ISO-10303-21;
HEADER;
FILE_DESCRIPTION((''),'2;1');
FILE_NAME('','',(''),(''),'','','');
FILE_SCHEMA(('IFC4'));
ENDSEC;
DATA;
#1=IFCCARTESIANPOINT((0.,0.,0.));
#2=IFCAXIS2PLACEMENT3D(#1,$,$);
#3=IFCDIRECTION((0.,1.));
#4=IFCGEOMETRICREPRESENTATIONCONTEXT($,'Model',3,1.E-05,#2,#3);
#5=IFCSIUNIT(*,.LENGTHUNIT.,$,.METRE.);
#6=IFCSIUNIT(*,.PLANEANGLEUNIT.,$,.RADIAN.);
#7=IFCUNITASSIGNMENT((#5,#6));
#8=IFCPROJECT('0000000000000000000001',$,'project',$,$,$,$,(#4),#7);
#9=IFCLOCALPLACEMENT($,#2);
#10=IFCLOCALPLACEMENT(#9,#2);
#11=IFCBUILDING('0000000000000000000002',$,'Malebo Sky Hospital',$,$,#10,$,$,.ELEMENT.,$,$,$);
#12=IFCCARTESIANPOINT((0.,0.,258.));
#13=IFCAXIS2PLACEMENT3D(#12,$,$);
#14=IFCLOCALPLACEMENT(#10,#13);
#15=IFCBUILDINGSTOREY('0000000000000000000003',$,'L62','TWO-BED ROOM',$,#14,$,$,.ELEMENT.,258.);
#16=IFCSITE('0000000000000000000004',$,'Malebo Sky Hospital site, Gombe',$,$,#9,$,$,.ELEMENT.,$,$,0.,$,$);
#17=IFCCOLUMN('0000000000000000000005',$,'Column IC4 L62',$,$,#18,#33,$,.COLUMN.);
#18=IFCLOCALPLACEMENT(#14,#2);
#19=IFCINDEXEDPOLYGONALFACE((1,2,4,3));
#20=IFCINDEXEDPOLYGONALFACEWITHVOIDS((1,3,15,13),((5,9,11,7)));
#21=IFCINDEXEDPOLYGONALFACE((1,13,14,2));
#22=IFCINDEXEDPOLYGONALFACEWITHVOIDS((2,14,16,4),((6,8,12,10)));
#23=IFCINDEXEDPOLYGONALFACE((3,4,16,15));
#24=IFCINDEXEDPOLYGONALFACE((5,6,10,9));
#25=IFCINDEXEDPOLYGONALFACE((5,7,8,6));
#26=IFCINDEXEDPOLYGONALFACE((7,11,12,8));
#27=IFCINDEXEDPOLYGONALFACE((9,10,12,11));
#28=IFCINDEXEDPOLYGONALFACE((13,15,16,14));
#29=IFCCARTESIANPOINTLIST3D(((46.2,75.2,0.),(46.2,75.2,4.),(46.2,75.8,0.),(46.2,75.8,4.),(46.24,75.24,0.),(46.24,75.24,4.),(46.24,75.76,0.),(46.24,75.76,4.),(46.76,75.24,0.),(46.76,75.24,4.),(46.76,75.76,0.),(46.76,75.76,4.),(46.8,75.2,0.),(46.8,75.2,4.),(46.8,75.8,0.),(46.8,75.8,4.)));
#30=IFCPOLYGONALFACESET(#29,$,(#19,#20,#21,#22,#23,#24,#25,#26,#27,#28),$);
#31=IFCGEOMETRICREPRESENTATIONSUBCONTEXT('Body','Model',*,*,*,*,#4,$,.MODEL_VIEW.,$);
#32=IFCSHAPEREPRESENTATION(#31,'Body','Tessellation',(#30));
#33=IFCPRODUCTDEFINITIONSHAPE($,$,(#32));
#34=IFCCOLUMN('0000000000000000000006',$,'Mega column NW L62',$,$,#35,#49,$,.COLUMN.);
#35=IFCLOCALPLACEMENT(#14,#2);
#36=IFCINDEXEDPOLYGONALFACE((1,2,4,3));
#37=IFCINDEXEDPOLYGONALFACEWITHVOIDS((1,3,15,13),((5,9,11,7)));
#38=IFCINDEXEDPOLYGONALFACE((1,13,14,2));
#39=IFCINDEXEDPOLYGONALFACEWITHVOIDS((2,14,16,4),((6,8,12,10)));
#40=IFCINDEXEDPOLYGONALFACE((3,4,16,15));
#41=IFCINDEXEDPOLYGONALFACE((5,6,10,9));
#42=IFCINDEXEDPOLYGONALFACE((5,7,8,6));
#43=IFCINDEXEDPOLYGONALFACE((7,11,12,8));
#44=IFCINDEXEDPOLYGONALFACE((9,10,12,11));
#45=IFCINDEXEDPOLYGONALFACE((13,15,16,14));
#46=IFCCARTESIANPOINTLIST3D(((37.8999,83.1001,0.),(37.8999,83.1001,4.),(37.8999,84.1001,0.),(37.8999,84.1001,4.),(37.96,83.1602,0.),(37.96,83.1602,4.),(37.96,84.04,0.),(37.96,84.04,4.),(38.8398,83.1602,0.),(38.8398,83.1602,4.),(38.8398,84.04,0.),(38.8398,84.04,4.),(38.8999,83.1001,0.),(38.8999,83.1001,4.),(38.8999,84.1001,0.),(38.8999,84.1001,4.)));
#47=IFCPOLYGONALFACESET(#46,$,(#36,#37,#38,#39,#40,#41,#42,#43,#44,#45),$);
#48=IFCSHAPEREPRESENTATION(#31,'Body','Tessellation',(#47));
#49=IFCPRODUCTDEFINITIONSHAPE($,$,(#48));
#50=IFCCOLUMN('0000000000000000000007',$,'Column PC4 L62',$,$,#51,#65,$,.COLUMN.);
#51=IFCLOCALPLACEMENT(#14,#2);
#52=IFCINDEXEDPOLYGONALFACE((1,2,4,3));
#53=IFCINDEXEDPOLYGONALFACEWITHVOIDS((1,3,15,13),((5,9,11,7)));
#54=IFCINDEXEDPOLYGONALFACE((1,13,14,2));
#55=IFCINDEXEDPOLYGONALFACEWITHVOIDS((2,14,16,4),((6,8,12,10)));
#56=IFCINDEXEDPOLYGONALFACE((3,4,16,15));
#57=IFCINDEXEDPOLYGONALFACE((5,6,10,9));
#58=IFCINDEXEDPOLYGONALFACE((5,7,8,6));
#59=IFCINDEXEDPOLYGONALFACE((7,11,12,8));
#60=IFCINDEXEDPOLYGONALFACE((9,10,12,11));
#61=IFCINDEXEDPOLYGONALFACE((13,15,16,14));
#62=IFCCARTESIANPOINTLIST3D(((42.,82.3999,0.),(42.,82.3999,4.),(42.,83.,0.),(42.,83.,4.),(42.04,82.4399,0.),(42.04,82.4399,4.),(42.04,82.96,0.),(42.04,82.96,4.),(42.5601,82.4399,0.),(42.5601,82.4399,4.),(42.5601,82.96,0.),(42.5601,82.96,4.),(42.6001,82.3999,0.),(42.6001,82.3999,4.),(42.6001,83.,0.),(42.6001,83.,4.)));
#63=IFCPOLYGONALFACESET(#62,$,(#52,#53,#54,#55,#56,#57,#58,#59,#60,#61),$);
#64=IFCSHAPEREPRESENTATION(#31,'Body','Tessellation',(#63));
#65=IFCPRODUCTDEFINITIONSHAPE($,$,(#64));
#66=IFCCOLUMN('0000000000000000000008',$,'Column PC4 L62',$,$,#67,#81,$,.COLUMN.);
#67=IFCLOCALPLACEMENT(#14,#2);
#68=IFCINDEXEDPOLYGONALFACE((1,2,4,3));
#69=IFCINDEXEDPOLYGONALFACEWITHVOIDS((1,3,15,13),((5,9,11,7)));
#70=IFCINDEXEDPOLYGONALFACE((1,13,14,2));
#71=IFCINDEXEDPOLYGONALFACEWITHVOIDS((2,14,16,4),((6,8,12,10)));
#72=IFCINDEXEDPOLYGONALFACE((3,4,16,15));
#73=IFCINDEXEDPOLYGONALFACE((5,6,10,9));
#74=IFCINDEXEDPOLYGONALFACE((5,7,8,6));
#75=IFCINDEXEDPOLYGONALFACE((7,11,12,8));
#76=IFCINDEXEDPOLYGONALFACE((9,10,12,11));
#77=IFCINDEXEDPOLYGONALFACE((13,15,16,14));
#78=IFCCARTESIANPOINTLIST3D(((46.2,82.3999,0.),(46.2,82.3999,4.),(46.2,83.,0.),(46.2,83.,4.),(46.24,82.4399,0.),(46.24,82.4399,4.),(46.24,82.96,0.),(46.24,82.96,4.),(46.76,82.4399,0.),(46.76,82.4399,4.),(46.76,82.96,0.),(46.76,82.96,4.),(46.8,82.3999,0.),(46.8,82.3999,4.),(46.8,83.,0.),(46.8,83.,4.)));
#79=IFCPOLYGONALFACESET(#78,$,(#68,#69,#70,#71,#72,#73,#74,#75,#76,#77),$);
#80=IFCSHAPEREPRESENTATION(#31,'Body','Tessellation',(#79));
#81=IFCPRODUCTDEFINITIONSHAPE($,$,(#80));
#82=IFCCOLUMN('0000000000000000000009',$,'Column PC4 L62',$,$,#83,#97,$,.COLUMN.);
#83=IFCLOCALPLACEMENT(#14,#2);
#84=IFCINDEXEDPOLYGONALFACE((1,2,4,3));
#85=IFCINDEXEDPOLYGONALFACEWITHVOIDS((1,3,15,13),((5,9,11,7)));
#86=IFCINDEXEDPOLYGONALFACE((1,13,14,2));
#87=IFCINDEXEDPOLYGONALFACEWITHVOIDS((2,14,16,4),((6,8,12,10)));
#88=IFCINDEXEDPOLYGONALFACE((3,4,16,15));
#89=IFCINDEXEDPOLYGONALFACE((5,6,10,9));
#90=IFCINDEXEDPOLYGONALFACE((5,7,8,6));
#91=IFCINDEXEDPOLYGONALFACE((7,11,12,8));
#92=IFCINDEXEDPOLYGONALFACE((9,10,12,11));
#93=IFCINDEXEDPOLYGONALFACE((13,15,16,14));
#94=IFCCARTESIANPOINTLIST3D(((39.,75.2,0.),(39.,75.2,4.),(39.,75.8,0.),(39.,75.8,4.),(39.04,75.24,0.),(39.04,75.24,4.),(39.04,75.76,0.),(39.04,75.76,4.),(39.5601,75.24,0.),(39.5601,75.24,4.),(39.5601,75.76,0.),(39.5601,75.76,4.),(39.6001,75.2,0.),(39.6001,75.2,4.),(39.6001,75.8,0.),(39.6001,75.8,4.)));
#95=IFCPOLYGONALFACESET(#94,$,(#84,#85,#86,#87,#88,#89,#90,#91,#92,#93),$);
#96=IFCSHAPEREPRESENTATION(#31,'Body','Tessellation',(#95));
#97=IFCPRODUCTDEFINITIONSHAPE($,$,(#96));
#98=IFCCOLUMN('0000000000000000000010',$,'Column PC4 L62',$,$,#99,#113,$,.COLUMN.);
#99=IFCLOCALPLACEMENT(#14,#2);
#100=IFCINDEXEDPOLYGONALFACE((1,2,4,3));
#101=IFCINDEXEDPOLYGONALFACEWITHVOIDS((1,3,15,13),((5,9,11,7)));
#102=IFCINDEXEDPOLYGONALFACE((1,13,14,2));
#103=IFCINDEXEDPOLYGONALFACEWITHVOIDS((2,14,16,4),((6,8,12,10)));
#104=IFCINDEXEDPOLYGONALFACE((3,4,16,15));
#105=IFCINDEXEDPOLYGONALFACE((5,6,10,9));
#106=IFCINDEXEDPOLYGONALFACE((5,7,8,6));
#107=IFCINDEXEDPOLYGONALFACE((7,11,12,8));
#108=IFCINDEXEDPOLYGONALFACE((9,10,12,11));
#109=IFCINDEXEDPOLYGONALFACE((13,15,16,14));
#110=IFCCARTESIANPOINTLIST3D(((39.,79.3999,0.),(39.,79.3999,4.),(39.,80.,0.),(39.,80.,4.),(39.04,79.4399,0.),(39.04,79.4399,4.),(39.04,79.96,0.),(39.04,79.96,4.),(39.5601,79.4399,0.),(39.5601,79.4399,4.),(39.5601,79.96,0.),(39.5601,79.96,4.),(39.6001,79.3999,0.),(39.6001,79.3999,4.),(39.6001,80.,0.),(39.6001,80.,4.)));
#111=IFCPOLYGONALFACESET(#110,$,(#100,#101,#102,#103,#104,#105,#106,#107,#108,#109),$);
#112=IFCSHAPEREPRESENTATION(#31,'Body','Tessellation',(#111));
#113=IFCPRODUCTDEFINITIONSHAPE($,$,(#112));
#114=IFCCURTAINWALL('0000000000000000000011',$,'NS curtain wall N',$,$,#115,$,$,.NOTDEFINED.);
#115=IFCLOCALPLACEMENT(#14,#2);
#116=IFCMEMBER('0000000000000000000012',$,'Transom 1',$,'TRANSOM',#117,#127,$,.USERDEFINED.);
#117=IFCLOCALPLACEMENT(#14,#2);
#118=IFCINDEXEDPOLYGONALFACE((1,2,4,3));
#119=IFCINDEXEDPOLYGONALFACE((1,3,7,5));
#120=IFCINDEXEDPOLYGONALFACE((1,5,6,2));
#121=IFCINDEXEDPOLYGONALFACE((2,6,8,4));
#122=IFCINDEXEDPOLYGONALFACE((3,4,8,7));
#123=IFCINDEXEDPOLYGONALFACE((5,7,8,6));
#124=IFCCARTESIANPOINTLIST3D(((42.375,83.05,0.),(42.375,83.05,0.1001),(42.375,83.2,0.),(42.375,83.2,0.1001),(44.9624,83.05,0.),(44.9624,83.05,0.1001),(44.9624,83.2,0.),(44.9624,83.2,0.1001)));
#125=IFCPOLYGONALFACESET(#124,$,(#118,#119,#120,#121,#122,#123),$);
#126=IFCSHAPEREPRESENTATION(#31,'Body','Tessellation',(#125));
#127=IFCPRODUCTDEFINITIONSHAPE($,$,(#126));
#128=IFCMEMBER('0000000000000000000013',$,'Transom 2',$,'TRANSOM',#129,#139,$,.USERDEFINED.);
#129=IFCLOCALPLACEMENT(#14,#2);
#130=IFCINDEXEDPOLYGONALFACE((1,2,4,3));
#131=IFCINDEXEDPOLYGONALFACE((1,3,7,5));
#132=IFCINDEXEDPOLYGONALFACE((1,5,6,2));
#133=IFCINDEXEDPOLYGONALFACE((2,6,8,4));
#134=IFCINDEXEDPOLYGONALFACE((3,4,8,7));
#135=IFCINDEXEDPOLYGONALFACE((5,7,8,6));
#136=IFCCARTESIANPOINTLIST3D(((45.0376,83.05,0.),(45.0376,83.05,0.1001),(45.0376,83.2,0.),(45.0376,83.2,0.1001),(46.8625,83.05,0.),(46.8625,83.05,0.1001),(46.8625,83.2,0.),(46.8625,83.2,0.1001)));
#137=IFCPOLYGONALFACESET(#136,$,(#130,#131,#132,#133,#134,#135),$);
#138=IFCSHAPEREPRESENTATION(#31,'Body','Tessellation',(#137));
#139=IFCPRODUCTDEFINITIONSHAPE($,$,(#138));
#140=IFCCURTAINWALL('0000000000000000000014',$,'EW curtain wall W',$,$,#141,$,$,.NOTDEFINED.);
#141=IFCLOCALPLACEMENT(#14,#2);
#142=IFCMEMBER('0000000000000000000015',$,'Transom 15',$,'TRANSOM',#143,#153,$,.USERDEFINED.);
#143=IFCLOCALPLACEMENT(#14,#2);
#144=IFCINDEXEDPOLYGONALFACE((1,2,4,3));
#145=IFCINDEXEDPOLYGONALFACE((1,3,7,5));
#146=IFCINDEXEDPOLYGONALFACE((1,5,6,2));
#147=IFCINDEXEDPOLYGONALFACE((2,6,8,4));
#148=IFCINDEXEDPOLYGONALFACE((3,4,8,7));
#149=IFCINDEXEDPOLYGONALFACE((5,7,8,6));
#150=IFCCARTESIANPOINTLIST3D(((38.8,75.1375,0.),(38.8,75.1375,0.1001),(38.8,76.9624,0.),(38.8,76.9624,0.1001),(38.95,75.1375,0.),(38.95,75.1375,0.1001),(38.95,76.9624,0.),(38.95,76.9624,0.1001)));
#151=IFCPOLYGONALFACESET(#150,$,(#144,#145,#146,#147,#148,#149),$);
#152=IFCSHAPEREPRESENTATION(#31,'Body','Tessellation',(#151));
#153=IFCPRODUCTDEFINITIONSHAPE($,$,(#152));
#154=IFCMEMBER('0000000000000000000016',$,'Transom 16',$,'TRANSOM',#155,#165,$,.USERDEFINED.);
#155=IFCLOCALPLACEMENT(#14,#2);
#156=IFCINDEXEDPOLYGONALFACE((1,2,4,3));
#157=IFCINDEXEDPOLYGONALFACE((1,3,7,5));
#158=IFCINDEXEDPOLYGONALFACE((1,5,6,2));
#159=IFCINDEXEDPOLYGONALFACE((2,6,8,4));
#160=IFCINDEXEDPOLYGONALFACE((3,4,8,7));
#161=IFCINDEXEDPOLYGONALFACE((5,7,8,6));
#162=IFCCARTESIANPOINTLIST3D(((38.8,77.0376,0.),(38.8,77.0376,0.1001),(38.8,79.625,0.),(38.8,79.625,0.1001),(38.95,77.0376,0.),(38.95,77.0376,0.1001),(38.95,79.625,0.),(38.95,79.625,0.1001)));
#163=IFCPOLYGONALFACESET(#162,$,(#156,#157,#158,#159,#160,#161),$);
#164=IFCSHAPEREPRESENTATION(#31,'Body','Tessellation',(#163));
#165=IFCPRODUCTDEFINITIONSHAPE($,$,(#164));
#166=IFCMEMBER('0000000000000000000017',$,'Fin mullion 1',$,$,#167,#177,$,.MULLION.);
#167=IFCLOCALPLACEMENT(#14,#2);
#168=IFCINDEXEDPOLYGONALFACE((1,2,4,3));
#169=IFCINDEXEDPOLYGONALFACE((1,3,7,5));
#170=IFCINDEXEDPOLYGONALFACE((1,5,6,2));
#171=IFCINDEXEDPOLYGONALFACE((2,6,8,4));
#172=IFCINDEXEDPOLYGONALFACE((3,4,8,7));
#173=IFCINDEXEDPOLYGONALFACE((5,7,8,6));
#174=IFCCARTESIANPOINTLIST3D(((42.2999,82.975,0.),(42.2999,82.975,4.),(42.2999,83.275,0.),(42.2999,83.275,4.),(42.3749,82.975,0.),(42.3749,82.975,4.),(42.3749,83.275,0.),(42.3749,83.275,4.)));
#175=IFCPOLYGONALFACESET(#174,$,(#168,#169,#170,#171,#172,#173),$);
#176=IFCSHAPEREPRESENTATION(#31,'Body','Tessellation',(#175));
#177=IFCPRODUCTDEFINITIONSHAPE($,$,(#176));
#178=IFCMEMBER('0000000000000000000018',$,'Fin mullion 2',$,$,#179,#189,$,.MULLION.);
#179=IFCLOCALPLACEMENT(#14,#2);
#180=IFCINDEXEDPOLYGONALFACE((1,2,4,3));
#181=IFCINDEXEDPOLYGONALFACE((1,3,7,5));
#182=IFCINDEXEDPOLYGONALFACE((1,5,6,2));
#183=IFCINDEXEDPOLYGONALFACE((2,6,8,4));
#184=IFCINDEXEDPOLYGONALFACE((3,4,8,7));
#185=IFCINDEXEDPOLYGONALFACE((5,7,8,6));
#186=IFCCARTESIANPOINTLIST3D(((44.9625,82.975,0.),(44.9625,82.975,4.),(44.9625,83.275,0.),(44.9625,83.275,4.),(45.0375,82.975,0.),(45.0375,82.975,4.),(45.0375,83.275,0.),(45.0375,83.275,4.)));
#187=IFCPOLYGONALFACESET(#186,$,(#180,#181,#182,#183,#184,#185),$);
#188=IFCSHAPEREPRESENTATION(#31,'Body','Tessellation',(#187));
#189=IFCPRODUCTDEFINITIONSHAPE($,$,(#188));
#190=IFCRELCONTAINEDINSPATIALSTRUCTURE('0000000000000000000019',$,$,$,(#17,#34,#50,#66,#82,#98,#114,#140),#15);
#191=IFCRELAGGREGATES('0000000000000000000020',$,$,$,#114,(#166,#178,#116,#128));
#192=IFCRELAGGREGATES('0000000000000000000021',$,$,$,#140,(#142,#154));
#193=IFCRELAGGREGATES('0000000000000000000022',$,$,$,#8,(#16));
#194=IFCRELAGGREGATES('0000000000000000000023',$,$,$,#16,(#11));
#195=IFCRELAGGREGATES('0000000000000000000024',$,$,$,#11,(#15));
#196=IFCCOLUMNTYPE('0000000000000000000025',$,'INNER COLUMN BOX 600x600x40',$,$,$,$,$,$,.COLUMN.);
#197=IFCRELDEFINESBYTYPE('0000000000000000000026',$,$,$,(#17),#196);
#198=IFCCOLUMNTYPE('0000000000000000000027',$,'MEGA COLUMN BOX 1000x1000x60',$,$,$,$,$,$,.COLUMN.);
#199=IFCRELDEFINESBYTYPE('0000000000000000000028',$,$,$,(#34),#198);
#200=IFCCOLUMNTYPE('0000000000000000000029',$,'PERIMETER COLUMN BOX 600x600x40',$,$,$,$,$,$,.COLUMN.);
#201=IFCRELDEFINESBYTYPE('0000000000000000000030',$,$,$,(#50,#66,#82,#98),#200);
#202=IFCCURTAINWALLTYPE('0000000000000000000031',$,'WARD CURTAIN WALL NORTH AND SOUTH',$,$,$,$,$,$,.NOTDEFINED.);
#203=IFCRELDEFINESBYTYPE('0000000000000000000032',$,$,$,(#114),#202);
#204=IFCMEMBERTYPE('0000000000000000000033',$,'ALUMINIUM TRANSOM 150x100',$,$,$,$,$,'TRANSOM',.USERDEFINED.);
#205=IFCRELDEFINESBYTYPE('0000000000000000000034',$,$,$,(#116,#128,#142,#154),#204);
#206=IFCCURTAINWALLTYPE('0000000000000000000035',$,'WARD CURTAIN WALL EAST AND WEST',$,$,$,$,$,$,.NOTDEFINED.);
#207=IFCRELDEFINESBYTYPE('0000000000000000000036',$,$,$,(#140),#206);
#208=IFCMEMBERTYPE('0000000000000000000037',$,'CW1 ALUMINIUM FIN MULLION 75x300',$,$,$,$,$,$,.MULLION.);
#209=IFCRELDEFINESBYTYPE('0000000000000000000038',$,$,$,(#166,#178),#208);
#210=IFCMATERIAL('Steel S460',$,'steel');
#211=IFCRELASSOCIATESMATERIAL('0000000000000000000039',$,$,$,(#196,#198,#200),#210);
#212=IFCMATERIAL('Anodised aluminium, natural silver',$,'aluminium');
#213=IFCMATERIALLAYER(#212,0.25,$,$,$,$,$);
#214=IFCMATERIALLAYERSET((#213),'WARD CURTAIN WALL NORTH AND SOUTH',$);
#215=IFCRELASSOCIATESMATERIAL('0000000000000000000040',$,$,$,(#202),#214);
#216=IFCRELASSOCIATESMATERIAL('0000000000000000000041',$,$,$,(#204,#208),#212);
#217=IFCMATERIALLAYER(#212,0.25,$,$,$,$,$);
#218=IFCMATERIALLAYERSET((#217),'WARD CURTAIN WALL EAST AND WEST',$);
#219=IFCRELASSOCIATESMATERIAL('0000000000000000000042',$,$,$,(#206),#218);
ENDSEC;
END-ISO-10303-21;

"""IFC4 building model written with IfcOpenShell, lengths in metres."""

from ifc_helpers import new_model, si_unit, direction, frame, origin, origin_2d, place, context, subcontext, project, spatial, rectangle, hollow_rectangle, extrude, material, layer, layer_set, material_profile, profile_set, type_object, element, aggregate, save


model = new_model("IFC4")

# Units and contexts
model_context = context("Model", 3, precision=1e-05, world=origin(), true_north=direction((0.0, 1.0)))
body_context = subcontext(model_context, "Body", "Model", "MODEL_VIEW")
ifc_project = project(units=[si_unit("LENGTHUNIT", "METRE"), si_unit("PLANEANGLEUNIT", "RADIAN")], contexts=[model_context])

# Site, building, storey
site_placement = place(None, origin())
site = spatial("IfcSite", under=ifc_project, at=site_placement, Name="Malebo Sky Hospital site, Gombe", CompositionType="ELEMENT", RefElevation=0.0)
building_placement = place(site_placement, origin())
building = spatial("IfcBuilding", under=site, at=building_placement, Name="Malebo Sky Hospital", CompositionType="ELEMENT")
storey_placement = place(building_placement, frame((0.0, 0.0, 258.0)))
storey = spatial("IfcBuildingStorey", under=building, at=storey_placement, Name="L62", Description="TWO-BED ROOM", CompositionType="ELEMENT", Elevation=258.0)

# Columns
ifc_material_1 = material(Name="Steel S460", Category="steel")
ifc_material_profile_1 = material_profile(ifc_material_1, hollow_rectangle(XDim=0.6001, YDim=0.6001, WallThickness=0.04, at=origin_2d()), Name="BOX 600x600x40")
ifc_profile_set_1 = profile_set([ifc_material_profile_1], Name="Steel S460")
column_type_1 = type_object("IfcColumnType", Name="INNER COLUMN BOX 600x600x40", PredefinedType="COLUMN", material=ifc_profile_set_1)
column_1_placement = place(storey_placement, frame((46.5, 75.5, 0.0), z_axis=(0.0, 0.0, 1.0), x_axis=(1.0, 0.0, 0.0)))
element("IfcColumn", 1, at=column_1_placement, inside=storey, type_object=column_type_1, Name="Column IC4 L62", PredefinedType="COLUMN", context=body_context, shape_type="SweptSolid", body=[
    extrude(hollow_rectangle(XDim=0.6001, YDim=0.6001, WallThickness=0.04, at=origin_2d()), origin(), (0.0, 0.0, 1.0), 4.0),
])
ifc_material_profile_2 = material_profile(ifc_material_1, hollow_rectangle(XDim=1.0, YDim=1.0, WallThickness=0.0601, at=origin_2d()), Name="BOX 1000x1000x60")
ifc_profile_set_2 = profile_set([ifc_material_profile_2], Name="Steel S460")
column_type_2 = type_object("IfcColumnType", Name="MEGA COLUMN BOX 1000x1000x60", PredefinedType="COLUMN", material=ifc_profile_set_2)
column_2_placement = place(storey_placement, frame((38.3999, 83.6001, 0.0), z_axis=(0.0, 0.0, 1.0), x_axis=(1.0, 0.0, 0.0)))
element("IfcColumn", 2, at=column_2_placement, inside=storey, type_object=column_type_2, Name="Mega column NW L62", PredefinedType="COLUMN", context=body_context, shape_type="SweptSolid", body=[
    extrude(hollow_rectangle(XDim=1.0, YDim=1.0, WallThickness=0.0601, at=origin_2d()), origin(), (0.0, 0.0, 1.0), 4.0),
])
ifc_material_profile_3 = material_profile(ifc_material_1, hollow_rectangle(XDim=0.6001, YDim=0.6001, WallThickness=0.04, at=origin_2d()), Name="BOX 600x600x40")
ifc_profile_set_3 = profile_set([ifc_material_profile_3], Name="Steel S460")
column_type_3 = type_object("IfcColumnType", Name="PERIMETER COLUMN BOX 600x600x40", PredefinedType="COLUMN", material=ifc_profile_set_3)
for number, where, z_axis, x_axis, name in (
    (3, (42.3, 82.7, 0.0), (0.0, 0.0, 1.0), (1.0, 0.0, 0.0), "Column PC4 L62"),
    (4, (46.5, 82.7, 0.0), (0.0, 0.0, 1.0), (1.0, 0.0, 0.0), "Column PC4 L62"),
    (5, (39.3, 75.5, 0.0), (0.0, 0.0, 1.0), (1.0, 0.0, 0.0), "Column PC4 L62"),
    (6, (39.3, 79.7, 0.0), (0.0, 0.0, 1.0), (1.0, 0.0, 0.0), "Column PC4 L62"),
):
    element("IfcColumn", number, at=place(storey_placement, frame(where, z_axis=z_axis, x_axis=x_axis)), inside=storey, type_object=column_type_3, Name=name, PredefinedType="COLUMN", context=body_context, shape_type="SweptSolid", body=[
        extrude(hollow_rectangle(XDim=0.6001, YDim=0.6001, WallThickness=0.04, at=origin_2d()), origin(), (0.0, 0.0, 1.0), 4.0),
    ])

# Curtain walls, members
ifc_material_2 = material(Name="Anodised aluminium, natural silver", Category="aluminium")
ifc_layer_1 = layer(ifc_material_2, 0.25)
ifc_layer_set_1 = layer_set([ifc_layer_1], Name="WARD CURTAIN WALL NORTH AND SOUTH")
curtain_wall_type_1 = type_object("IfcCurtainWallType", Name="WARD CURTAIN WALL NORTH AND SOUTH", PredefinedType="NOTDEFINED", material=ifc_layer_set_1)
curtain_wall_1_placement = place(storey_placement, origin())
curtain_wall_1 = element("IfcCurtainWall", 7, at=curtain_wall_1_placement, inside=storey, type_object=curtain_wall_type_1, Name="NS curtain wall N", PredefinedType="NOTDEFINED")
ifc_material_profile_4 = material_profile(ifc_material_2, rectangle(XDim=0.1499, YDim=0.1001, at=origin_2d()), Name="ALUMINIUM TRANSOM 150x100")
ifc_profile_set_4 = profile_set([ifc_material_profile_4], Name="Anodised aluminium, natural silver")
member_type_1 = type_object("IfcMemberType", Name="ALUMINIUM TRANSOM 150x100", ElementType="TRANSOM", PredefinedType="USERDEFINED", material=ifc_profile_set_4)
member_1_placement = place(storey_placement, frame((42.375, 83.125, 0.05), z_axis=(1.0, 0.0, 0.0), x_axis=(0.0, 1.0, 0.0)))
member_1 = element("IfcMember", 8, at=member_1_placement, type_object=member_type_1, Name="Transom 1", ObjectType="TRANSOM", PredefinedType="USERDEFINED", context=body_context, shape_type="SweptSolid", body=[
    extrude(rectangle(XDim=0.1499, YDim=0.1001, at=origin_2d()), origin(), (0.0, 0.0, 1.0), 2.5874),
])
member_2_placement = place(storey_placement, frame((45.0376, 83.125, 0.05), z_axis=(1.0, 0.0, 0.0), x_axis=(0.0, 1.0, 0.0)))
member_2 = element("IfcMember", 9, at=member_2_placement, type_object=member_type_1, Name="Transom 2", ObjectType="TRANSOM", PredefinedType="USERDEFINED", context=body_context, shape_type="SweptSolid", body=[
    extrude(rectangle(XDim=0.1499, YDim=0.1001, at=origin_2d()), origin(), (0.0, 0.0, 1.0), 1.825),
])
ifc_layer_2 = layer(ifc_material_2, 0.25)
ifc_layer_set_2 = layer_set([ifc_layer_2], Name="WARD CURTAIN WALL EAST AND WEST")
curtain_wall_type_2 = type_object("IfcCurtainWallType", Name="WARD CURTAIN WALL EAST AND WEST", PredefinedType="NOTDEFINED", material=ifc_layer_set_2)
curtain_wall_2_placement = place(storey_placement, origin())
curtain_wall_2 = element("IfcCurtainWall", 10, at=curtain_wall_2_placement, inside=storey, type_object=curtain_wall_type_2, Name="EW curtain wall W", PredefinedType="NOTDEFINED")
member_3_placement = place(storey_placement, frame((38.875, 75.1375, 0.05), z_axis=(0.0, 1.0, 0.0), x_axis=(-1.0, 0.0, 0.0)))
member_3 = element("IfcMember", 11, at=member_3_placement, type_object=member_type_1, Name="Transom 15", ObjectType="TRANSOM", PredefinedType="USERDEFINED", context=body_context, shape_type="SweptSolid", body=[
    extrude(rectangle(XDim=0.1499, YDim=0.1001, at=origin_2d()), origin(), (0.0, 0.0, 1.0), 1.825),
])
member_4_placement = place(storey_placement, frame((38.875, 77.0376, 0.05), z_axis=(0.0, 1.0, 0.0), x_axis=(-1.0, 0.0, 0.0)))
member_4 = element("IfcMember", 12, at=member_4_placement, type_object=member_type_1, Name="Transom 16", ObjectType="TRANSOM", PredefinedType="USERDEFINED", context=body_context, shape_type="SweptSolid", body=[
    extrude(rectangle(XDim=0.1499, YDim=0.1001, at=origin_2d()), origin(), (0.0, 0.0, 1.0), 2.5874),
])

# Members
ifc_material_profile_5 = material_profile(ifc_material_2, rectangle(XDim=0.075, YDim=0.3, at=origin_2d()), Name="CW1 ALUMINIUM FIN MULLION 75x300")
ifc_profile_set_5 = profile_set([ifc_material_profile_5], Name="Anodised aluminium, natural silver")
member_type_2 = type_object("IfcMemberType", Name="CW1 ALUMINIUM FIN MULLION 75x300", PredefinedType="MULLION", material=ifc_profile_set_5)
member_5_placement = place(storey_placement, frame((42.3374, 83.125, 0.0), z_axis=(0.0, 0.0, 1.0), x_axis=(1.0, 0.0, 0.0)))
member_5 = element("IfcMember", 13, at=member_5_placement, type_object=member_type_2, Name="Fin mullion 1", PredefinedType="MULLION", context=body_context, shape_type="SweptSolid", body=[
    extrude(rectangle(XDim=0.075, YDim=0.3, at=origin_2d()), origin(), (0.0, 0.0, 1.0), 4.0),
])
member_6_placement = place(storey_placement, frame((45.0, 83.125, 0.0), z_axis=(0.0, 0.0, 1.0), x_axis=(1.0, 0.0, 0.0)))
member_6 = element("IfcMember", 14, at=member_6_placement, type_object=member_type_2, Name="Fin mullion 2", PredefinedType="MULLION", context=body_context, shape_type="SweptSolid", body=[
    extrude(rectangle(XDim=0.075, YDim=0.3, at=origin_2d()), origin(), (0.0, 0.0, 1.0), 4.0),
])

aggregate(curtain_wall_1, [member_5, member_6, member_1, member_2])
aggregate(curtain_wall_2, [member_3, member_4])

save(model, "model.ifc")
